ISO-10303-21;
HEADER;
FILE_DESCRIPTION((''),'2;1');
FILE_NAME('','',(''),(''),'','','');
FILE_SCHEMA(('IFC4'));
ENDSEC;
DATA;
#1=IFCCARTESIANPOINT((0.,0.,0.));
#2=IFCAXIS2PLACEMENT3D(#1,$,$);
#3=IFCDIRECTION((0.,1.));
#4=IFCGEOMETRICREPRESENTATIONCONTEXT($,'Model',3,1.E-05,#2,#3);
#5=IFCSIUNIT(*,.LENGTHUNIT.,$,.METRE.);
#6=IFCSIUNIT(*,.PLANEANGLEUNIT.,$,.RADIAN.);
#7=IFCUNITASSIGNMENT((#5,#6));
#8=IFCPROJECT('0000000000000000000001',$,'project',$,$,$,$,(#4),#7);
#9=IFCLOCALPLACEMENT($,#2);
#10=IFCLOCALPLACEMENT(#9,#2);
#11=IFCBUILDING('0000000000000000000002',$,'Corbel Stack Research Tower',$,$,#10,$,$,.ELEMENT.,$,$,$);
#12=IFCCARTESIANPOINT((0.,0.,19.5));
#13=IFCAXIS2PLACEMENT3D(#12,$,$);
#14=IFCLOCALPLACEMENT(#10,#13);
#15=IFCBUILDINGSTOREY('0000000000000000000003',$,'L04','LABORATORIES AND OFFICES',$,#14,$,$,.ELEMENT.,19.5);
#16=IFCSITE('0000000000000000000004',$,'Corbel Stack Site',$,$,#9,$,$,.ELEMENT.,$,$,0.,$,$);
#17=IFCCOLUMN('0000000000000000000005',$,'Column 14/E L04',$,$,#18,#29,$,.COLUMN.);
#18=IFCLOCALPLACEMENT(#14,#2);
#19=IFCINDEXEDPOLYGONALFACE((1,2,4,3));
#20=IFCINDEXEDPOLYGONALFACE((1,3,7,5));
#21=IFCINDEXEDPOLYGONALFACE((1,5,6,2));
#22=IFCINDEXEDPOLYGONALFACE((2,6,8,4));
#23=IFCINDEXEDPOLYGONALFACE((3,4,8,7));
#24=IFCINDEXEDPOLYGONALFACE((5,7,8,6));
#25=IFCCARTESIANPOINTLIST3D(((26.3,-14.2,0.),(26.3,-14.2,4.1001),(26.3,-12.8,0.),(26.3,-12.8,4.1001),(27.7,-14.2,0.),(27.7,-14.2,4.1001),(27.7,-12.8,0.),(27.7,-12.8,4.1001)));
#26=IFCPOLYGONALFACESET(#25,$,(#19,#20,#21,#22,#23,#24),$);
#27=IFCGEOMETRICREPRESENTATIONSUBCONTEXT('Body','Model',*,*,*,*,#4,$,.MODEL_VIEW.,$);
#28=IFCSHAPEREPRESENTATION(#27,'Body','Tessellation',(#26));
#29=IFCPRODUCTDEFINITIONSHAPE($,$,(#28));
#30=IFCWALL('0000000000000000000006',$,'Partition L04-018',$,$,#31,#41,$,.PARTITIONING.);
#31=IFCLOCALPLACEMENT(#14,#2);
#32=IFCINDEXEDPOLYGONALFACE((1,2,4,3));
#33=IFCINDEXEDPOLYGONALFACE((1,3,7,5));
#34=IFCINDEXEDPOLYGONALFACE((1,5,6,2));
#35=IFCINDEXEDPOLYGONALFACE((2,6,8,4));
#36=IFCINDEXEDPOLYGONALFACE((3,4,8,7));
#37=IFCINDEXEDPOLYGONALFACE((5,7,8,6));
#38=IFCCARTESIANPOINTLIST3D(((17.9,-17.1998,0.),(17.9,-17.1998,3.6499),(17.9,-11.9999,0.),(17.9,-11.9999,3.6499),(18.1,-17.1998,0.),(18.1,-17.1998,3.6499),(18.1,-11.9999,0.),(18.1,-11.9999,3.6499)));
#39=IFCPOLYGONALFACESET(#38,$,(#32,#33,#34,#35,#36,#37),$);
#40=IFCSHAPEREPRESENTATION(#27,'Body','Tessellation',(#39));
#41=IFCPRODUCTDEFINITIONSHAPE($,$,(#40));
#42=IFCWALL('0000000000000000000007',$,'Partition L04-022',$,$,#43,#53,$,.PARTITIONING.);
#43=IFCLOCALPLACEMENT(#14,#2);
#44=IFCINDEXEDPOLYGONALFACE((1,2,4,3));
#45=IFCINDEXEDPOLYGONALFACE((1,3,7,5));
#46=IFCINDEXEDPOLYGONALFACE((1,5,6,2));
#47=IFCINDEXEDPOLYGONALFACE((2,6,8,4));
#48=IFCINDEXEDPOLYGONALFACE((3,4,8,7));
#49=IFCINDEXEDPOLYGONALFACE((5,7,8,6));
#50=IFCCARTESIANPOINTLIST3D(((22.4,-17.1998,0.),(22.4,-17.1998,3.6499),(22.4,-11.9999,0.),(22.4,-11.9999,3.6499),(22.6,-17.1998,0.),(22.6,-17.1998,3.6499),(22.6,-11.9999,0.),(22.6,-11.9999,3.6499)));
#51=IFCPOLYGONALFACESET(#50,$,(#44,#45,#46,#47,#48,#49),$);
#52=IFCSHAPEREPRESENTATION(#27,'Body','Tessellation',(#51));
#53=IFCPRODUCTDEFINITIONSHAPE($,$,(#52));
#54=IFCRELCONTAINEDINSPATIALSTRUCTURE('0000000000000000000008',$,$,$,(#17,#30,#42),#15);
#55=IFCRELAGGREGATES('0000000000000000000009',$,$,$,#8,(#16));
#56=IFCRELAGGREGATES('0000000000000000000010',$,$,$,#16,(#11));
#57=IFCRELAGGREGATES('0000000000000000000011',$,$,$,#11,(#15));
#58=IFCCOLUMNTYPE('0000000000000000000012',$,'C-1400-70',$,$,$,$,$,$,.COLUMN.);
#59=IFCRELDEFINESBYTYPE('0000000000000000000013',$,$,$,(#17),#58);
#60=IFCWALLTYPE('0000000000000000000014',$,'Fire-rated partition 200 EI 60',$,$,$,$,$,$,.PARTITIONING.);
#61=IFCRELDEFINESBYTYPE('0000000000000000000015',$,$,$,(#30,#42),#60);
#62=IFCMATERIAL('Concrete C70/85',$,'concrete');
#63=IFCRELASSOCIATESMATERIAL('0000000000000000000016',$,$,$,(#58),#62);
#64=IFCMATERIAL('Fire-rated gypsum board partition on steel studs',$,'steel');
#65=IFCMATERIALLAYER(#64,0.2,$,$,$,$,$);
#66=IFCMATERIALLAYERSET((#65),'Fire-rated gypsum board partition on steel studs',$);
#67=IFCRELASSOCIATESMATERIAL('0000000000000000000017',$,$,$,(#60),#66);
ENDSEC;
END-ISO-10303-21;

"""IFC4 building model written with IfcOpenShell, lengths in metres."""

from ifc_helpers import new_model, si_unit, direction, frame, frame_2d, origin, origin_2d, place, context, subcontext, project, spatial, rectangle, extrude, material, layer, layer_set, material_profile, profile_set, type_object, element, save


model = new_model("IFC4")

# Units and contexts
model_context = context("Model", 3, precision=1e-05, world=origin(), true_north=direction((0.0, 1.0)))
body_context = subcontext(model_context, "Body", "Model", "MODEL_VIEW")
ifc_project = project(units=[si_unit("LENGTHUNIT", "METRE"), si_unit("PLANEANGLEUNIT", "RADIAN")], contexts=[model_context])

# Site, building, storey
site_placement = place(None, origin())
site = spatial("IfcSite", under=ifc_project, at=site_placement, Name="Corbel Stack Site", CompositionType="ELEMENT", RefElevation=0.0)
building_placement = place(site_placement, origin())
building = spatial("IfcBuilding", under=site, at=building_placement, Name="Corbel Stack Research Tower", CompositionType="ELEMENT")
storey_placement = place(building_placement, frame((0.0, 0.0, 19.5)))
storey = spatial("IfcBuildingStorey", under=building, at=storey_placement, Name="L04", Description="LABORATORIES AND OFFICES", CompositionType="ELEMENT", Elevation=19.5)

# Column
ifc_material_1 = material(Name="Concrete C70/85", Category="concrete")
ifc_material_profile = material_profile(ifc_material_1, rectangle(XDim=1.3999, YDim=1.3999, at=origin_2d()), Name="RC 1400 x 1400")
ifc_profile_set = profile_set([ifc_material_profile], Name="Concrete C70/85")
column_type = type_object("IfcColumnType", Name="C-1400-70", PredefinedType="COLUMN", material=ifc_profile_set)
column_placement = place(storey_placement, frame((27.0, -13.5, 0.0), z_axis=(0.0, 0.0, 1.0), x_axis=(1.0, 0.0, 0.0)))
element("IfcColumn", 1, at=column_placement, inside=storey, type_object=column_type, Name="Column 14/E L04", PredefinedType="COLUMN", context=body_context, shape_type="SweptSolid", body=[
    extrude(rectangle(XDim=1.3999, YDim=1.3999, at=origin_2d()), origin(), (0.0, 0.0, 1.0), 4.1001),
])

# Walls
ifc_material_2 = material(Name="Fire-rated gypsum board partition on steel studs", Category="steel")
ifc_layer_1 = layer(ifc_material_2, 0.2)
ifc_layer_set_1 = layer_set([ifc_layer_1], Name="Fire-rated gypsum board partition on steel studs")
wall_type_1 = type_object("IfcWallType", Name="Fire-rated partition 200 EI 60", PredefinedType="PARTITIONING", material=ifc_layer_set_1)
for number, where, z_axis, x_axis, name in (
    (2, (18.0, -17.2, 0.0), (0.0, 0.0, 1.0), (0.0, 1.0, 0.0), "Partition L04-018"),
    (3, (22.5, -17.2, 0.0), (0.0, 0.0, 1.0), (0.0, 1.0, 0.0), "Partition L04-022"),
):
    element("IfcWall", number, at=place(storey_placement, frame(where, z_axis=z_axis, x_axis=x_axis)), inside=storey, type_object=wall_type_1, Name=name, PredefinedType="PARTITIONING", context=body_context, shape_type="SweptSolid", body=[
        extrude(rectangle(XDim=5.2, YDim=0.2, at=frame_2d((2.6001, 0.0))), origin(), (0.0, 0.0, 1.0), 3.6499),
    ])

save(model, "model.ifc")
